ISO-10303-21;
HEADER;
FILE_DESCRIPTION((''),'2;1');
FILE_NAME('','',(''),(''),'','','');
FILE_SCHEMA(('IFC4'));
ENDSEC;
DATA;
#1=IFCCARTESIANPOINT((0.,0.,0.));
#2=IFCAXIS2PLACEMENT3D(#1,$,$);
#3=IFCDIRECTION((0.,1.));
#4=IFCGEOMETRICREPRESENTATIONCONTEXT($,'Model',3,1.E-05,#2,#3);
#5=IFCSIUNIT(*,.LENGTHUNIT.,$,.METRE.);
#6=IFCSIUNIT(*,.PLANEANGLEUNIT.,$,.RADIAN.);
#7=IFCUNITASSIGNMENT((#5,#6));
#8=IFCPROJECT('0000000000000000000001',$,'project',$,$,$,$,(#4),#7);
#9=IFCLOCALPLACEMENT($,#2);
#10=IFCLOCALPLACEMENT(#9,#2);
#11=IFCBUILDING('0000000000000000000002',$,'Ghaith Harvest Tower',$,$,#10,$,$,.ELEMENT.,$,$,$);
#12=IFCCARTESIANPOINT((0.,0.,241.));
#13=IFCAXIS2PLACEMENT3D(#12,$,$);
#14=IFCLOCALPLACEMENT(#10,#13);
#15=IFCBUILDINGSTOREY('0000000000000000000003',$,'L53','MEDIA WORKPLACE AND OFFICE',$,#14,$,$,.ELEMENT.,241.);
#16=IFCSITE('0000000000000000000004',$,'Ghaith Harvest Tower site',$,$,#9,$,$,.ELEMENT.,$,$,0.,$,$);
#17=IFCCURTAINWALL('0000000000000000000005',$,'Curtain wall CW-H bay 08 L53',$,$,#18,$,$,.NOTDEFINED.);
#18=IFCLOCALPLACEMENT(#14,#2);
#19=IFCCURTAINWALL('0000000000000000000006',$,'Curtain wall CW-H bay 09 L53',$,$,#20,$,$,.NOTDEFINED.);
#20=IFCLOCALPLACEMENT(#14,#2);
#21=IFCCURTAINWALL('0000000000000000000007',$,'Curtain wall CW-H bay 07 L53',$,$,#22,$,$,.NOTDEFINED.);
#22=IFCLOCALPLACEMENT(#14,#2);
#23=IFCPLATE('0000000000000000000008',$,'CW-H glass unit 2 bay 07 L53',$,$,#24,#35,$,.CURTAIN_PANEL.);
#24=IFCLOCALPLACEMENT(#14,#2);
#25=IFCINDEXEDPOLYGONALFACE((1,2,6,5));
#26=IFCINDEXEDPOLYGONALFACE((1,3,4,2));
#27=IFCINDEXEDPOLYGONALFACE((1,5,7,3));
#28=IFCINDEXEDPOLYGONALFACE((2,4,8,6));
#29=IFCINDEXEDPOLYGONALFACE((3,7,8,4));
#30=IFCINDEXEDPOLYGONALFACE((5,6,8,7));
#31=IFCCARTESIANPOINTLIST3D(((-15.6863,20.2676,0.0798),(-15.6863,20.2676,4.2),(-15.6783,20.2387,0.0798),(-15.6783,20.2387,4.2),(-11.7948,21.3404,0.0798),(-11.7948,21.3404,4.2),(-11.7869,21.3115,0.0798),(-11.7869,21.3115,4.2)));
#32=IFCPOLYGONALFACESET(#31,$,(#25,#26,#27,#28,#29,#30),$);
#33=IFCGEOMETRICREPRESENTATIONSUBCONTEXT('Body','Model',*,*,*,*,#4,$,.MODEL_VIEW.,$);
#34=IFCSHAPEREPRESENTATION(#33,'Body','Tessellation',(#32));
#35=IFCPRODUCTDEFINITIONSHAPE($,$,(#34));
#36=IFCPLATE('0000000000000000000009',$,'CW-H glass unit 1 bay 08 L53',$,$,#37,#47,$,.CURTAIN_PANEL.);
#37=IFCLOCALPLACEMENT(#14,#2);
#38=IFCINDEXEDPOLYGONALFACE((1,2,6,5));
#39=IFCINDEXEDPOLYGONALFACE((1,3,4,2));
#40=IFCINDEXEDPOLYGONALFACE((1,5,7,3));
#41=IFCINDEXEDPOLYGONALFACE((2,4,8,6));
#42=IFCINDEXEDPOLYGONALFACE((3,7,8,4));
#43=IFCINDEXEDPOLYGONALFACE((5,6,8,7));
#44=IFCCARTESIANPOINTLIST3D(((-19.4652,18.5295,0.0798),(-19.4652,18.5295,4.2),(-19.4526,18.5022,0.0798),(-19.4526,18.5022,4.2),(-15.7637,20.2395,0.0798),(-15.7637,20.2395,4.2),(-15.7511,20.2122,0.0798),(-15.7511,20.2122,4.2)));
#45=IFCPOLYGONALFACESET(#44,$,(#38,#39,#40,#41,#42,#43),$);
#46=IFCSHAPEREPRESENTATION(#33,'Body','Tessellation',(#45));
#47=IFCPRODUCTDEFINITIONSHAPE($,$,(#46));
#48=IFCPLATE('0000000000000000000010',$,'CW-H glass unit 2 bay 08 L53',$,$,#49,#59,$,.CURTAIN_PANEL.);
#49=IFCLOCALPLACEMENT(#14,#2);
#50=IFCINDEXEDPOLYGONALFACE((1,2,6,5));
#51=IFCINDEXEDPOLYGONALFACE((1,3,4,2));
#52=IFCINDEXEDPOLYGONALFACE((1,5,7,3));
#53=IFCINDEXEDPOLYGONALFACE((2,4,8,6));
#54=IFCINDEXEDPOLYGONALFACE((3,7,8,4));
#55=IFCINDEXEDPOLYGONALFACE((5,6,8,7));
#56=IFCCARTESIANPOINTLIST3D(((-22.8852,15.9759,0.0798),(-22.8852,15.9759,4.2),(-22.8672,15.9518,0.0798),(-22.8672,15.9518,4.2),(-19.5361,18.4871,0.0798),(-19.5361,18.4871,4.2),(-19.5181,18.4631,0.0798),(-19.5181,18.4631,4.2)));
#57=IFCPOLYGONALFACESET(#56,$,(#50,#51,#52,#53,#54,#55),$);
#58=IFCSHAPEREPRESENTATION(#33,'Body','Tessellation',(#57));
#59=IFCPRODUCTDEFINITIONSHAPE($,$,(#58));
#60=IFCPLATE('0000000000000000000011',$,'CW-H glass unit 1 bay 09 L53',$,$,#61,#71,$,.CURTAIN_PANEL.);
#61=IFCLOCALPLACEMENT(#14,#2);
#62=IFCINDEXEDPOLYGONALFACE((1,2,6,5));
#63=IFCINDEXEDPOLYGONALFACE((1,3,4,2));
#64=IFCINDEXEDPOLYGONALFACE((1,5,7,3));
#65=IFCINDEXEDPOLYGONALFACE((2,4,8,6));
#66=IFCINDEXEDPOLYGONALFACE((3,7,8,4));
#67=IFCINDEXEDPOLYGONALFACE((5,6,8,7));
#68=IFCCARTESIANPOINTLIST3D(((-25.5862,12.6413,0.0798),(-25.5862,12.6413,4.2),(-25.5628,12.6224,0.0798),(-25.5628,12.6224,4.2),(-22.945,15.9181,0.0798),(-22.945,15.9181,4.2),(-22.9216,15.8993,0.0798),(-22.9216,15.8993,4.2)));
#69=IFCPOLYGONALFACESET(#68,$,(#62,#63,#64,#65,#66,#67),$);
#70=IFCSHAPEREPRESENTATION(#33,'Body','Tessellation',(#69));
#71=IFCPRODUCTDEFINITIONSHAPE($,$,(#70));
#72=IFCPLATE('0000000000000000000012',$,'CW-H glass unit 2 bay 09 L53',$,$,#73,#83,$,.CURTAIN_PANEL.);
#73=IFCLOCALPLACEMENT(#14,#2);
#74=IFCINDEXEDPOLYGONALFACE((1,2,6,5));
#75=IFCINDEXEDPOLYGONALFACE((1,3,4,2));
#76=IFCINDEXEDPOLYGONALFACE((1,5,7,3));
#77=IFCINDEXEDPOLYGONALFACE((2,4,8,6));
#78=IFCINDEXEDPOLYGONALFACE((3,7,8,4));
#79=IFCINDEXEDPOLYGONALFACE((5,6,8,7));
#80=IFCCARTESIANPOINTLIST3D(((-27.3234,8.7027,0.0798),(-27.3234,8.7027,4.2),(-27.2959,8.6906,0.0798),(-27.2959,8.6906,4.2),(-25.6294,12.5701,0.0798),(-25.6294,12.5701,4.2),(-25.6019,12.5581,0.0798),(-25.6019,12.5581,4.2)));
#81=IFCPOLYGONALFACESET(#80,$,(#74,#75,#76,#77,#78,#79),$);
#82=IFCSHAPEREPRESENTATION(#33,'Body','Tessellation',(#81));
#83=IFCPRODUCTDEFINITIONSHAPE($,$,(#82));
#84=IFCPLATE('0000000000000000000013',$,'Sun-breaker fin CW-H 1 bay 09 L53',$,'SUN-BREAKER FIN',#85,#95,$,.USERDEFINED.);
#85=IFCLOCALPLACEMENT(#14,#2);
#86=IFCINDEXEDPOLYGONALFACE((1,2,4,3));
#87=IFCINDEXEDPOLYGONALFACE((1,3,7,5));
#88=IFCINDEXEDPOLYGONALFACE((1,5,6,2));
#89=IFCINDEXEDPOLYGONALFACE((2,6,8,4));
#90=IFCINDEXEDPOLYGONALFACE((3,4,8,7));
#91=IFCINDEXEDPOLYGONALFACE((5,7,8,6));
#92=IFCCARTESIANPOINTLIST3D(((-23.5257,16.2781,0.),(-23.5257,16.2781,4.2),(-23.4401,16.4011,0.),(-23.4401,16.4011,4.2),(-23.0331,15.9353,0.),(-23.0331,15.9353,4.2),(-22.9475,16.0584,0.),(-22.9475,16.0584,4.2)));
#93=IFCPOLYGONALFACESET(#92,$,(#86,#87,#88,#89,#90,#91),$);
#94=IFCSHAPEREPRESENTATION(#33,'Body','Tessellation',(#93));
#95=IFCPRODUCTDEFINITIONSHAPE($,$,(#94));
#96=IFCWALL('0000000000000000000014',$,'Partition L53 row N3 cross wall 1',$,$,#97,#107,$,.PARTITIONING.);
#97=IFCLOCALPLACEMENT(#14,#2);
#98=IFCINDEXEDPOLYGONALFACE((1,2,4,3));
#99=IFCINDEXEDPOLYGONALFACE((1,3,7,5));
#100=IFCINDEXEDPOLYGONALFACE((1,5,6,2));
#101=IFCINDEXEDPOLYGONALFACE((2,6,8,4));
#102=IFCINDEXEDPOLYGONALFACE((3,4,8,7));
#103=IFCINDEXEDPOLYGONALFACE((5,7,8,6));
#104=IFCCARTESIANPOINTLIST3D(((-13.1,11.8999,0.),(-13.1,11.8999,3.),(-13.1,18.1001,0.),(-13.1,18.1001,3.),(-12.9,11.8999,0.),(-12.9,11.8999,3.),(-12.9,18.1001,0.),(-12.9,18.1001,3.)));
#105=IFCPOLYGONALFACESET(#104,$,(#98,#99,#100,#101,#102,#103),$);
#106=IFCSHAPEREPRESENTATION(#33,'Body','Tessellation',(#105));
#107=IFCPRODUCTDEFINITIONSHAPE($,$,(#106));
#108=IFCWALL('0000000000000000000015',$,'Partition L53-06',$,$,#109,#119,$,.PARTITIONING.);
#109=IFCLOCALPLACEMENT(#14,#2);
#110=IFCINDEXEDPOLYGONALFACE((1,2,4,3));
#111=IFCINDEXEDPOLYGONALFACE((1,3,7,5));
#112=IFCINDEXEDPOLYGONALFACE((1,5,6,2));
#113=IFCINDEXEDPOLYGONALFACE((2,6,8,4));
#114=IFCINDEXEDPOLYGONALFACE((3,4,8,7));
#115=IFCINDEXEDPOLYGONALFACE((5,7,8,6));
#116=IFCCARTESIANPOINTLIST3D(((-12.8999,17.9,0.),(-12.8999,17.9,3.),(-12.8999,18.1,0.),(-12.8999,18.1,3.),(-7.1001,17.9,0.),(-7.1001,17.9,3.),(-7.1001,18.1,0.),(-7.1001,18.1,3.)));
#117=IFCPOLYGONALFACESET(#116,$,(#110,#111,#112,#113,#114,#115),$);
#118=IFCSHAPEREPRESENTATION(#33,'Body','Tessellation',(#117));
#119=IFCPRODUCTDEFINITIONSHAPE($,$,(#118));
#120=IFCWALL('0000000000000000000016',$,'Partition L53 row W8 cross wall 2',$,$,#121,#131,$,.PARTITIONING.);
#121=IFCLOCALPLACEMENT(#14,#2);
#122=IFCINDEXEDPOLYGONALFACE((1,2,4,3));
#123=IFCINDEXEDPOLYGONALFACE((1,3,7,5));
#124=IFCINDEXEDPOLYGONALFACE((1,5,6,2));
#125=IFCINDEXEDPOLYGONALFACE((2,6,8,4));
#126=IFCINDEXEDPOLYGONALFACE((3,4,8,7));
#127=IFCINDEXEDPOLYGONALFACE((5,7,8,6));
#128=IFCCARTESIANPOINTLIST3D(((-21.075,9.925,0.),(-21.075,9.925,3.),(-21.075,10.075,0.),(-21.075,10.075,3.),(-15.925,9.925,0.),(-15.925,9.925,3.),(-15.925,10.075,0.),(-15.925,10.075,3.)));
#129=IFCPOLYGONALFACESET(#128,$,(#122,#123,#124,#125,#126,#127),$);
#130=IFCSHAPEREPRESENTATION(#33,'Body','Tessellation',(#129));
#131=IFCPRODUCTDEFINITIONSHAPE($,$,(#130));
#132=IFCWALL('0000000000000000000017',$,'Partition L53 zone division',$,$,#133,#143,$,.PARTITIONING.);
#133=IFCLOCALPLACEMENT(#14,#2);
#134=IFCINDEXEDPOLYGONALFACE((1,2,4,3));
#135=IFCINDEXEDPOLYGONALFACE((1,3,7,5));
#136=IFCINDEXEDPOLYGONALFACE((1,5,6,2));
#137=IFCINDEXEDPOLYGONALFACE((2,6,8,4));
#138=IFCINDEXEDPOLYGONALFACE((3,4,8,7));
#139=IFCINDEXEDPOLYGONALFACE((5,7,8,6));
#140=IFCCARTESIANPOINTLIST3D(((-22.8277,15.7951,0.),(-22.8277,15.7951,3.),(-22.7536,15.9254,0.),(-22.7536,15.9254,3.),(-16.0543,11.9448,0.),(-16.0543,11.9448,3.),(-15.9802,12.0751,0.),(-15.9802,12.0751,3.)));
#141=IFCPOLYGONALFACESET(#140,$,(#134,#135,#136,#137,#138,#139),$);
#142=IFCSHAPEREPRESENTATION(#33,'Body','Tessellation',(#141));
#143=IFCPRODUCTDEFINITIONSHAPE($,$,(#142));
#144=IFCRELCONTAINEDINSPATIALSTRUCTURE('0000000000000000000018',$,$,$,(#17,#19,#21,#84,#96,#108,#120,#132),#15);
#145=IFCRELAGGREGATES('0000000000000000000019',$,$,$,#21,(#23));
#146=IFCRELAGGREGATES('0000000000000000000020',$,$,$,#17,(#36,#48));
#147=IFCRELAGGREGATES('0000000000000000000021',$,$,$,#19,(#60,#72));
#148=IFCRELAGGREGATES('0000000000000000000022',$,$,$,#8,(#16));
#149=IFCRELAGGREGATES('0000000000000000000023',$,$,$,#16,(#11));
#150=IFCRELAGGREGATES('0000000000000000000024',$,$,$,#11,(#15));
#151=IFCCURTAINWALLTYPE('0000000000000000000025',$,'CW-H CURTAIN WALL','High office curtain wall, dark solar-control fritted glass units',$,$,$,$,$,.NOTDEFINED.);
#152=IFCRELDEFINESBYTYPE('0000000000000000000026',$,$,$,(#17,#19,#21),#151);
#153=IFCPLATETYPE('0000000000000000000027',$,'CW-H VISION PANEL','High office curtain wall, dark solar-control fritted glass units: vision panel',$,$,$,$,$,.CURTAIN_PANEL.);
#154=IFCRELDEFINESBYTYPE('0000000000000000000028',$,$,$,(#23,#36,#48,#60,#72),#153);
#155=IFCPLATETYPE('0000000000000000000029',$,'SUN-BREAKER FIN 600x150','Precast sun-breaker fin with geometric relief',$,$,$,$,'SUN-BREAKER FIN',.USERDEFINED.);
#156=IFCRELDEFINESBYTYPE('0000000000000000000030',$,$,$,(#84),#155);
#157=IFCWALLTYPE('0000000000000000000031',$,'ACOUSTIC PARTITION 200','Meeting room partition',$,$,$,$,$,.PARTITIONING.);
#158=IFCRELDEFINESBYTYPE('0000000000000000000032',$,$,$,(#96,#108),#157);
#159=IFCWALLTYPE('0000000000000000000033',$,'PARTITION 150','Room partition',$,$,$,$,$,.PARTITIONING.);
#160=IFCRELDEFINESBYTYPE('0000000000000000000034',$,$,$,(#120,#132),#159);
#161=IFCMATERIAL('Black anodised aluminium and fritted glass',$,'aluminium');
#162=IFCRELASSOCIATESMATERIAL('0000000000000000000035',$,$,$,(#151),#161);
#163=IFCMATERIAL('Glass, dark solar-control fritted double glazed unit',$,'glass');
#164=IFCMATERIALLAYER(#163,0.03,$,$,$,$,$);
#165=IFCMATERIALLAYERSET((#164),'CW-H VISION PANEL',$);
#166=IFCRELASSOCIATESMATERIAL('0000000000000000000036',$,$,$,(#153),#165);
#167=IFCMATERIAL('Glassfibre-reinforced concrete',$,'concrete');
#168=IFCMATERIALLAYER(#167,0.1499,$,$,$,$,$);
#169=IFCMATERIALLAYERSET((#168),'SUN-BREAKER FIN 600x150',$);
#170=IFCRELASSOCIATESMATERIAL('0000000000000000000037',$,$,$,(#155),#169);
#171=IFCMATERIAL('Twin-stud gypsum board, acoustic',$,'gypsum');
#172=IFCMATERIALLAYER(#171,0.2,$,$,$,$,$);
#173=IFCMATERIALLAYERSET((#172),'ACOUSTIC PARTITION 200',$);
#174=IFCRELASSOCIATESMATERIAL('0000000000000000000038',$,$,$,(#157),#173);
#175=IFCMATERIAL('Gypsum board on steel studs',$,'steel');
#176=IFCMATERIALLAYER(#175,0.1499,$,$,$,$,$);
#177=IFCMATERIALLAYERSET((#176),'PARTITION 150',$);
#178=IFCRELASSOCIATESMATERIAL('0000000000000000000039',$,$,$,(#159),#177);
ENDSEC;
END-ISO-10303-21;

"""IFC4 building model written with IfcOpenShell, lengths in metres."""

from ifc_helpers import new_model, si_unit, direction, frame, frame_2d, origin, origin_2d, place, context, subcontext, project, spatial, rectangle, extrude, material, layer, layer_set, type_object, element, aggregate, save


model = new_model("IFC4")

# Units and contexts
model_context = context("Model", 3, precision=1e-05, world=origin(), true_north=direction((0.0, 1.0)))
body_context = subcontext(model_context, "Body", "Model", "MODEL_VIEW")
ifc_project = project(units=[si_unit("LENGTHUNIT", "METRE"), si_unit("PLANEANGLEUNIT", "RADIAN")], contexts=[model_context])

# Site, building, storey
site_placement = place(None, origin())
site = spatial("IfcSite", under=ifc_project, at=site_placement, Name="Ghaith Harvest Tower site", CompositionType="ELEMENT", RefElevation=0.0)
building_placement = place(site_placement, origin())
building = spatial("IfcBuilding", under=site, at=building_placement, Name="Ghaith Harvest Tower", CompositionType="ELEMENT")
storey_placement = place(building_placement, frame((0.0, 0.0, 241.0)))
storey = spatial("IfcBuildingStorey", under=building, at=storey_placement, Name="L53", Description="MEDIA WORKPLACE AND OFFICE", CompositionType="ELEMENT", Elevation=241.0)

# Curtain walls
ifc_material_1 = material(Name="Black anodised aluminium and fritted glass", Category="aluminium")
curtain_wall_type = type_object("IfcCurtainWallType", Name="CW-H CURTAIN WALL", Description="High office curtain wall, dark solar-control fritted glass units", PredefinedType="NOTDEFINED", material=ifc_material_1)
curtain_wall_1_placement = place(storey_placement, origin())
curtain_wall_1 = element("IfcCurtainWall", 1, at=curtain_wall_1_placement, inside=storey, type_object=curtain_wall_type, Name="Curtain wall CW-H bay 08 L53", PredefinedType="NOTDEFINED")
curtain_wall_2_placement = place(storey_placement, origin())
curtain_wall_2 = element("IfcCurtainWall", 2, at=curtain_wall_2_placement, inside=storey, type_object=curtain_wall_type, Name="Curtain wall CW-H bay 09 L53", PredefinedType="NOTDEFINED")

# Curtain wall
curtain_wall_3_placement = place(storey_placement, origin())
curtain_wall_3 = element("IfcCurtainWall", 3, at=curtain_wall_3_placement, inside=storey, type_object=curtain_wall_type, Name="Curtain wall CW-H bay 07 L53", PredefinedType="NOTDEFINED")

# Plates
ifc_material_2 = material(Name="Glass, dark solar-control fritted double glazed unit", Category="glass")
ifc_layer_1 = layer(ifc_material_2, 0.03)
ifc_layer_set_1 = layer_set([ifc_layer_1], Name="CW-H VISION PANEL")
plate_type_1 = type_object("IfcPlateType", Name="CW-H VISION PANEL", Description="High office curtain wall, dark solar-control fritted glass units: vision panel", PredefinedType="CURTAIN_PANEL", material=ifc_layer_set_1)
plate_1_placement = place(storey_placement, frame((-13.7366, 20.7896, 0.0798), z_axis=(0.0, 0.0, 1.0), x_axis=(-0.964034, -0.265779, 0.0)))
plate_1 = element("IfcPlate", 4, at=plate_1_placement, type_object=plate_type_1, Name="CW-H glass unit 2 bay 07 L53", PredefinedType="CURTAIN_PANEL", context=body_context, shape_type="SweptSolid", body=[
    extrude(rectangle(XDim=4.0366, YDim=0.03, at=origin_2d()), origin(), (0.0, 0.0, 1.0), 4.1201),
])
aggregate(curtain_wall_3, [plate_1])
plate_2_placement = place(storey_placement, frame((-17.6082, 19.3708, 0.0798), z_axis=(0.0, 0.0, 1.0), x_axis=(-0.907814, -0.419372, 0.0)))
plate_2 = element("IfcPlate", 5, at=plate_2_placement, type_object=plate_type_1, Name="CW-H glass unit 1 bay 08 L53", PredefinedType="CURTAIN_PANEL", context=body_context, shape_type="SweptSolid", body=[
    extrude(rectangle(XDim=4.0774, YDim=0.03, at=origin_2d()), origin(), (0.0, 0.0, 1.0), 4.1201),
])
plate_3_placement = place(storey_placement, frame((-21.2017, 17.2195, 0.0798), z_axis=(0.0, 0.0, 1.0), x_axis=(-0.800067, -0.599911, 0.0)))
plate_3 = element("IfcPlate", 6, at=plate_3_placement, type_object=plate_type_1, Name="CW-H glass unit 2 bay 08 L53", PredefinedType="CURTAIN_PANEL", context=body_context, shape_type="SweptSolid", body=[
    extrude(rectangle(XDim=4.186, YDim=0.03, at=origin_2d()), origin(), (0.0, 0.0, 1.0), 4.1201),
])
aggregate(curtain_wall_1, [plate_2, plate_3])
plate_4_placement = place(storey_placement, frame((-24.2539, 14.2703, 0.0798), z_axis=(0.0, 0.0, 1.0), x_axis=(-0.627548, -0.778578, 0.0)))
plate_4 = element("IfcPlate", 7, at=plate_4_placement, type_object=plate_type_1, Name="CW-H glass unit 1 bay 09 L53", PredefinedType="CURTAIN_PANEL", context=body_context, shape_type="SweptSolid", body=[
    extrude(rectangle(XDim=4.2087, YDim=0.03, at=origin_2d()), origin(), (0.0, 0.0, 1.0), 4.1201),
])
plate_5_placement = place(storey_placement, frame((-26.4626, 10.6304, 0.0798), z_axis=(0.0, 0.0, 1.0), x_axis=(-0.401213, -0.915985, 0.0)))
plate_5 = element("IfcPlate", 8, at=plate_5_placement, type_object=plate_type_1, Name="CW-H glass unit 2 bay 09 L53", PredefinedType="CURTAIN_PANEL", context=body_context, shape_type="SweptSolid", body=[
    extrude(rectangle(XDim=4.2222, YDim=0.03, at=origin_2d()), origin(), (0.0, 0.0, 1.0), 4.1201),
])
aggregate(curtain_wall_2, [plate_4, plate_5])
ifc_material_3 = material(Name="Glassfibre-reinforced concrete", Category="concrete")
ifc_layer_2 = layer(ifc_material_3, 0.1499)
ifc_layer_set_2 = layer_set([ifc_layer_2], Name="SUN-BREAKER FIN 600x150")
plate_type_2 = type_object("IfcPlateType", Name="SUN-BREAKER FIN 600x150", Description="Precast sun-breaker fin with geometric relief", ElementType="SUN-BREAKER FIN", PredefinedType="USERDEFINED", material=ifc_layer_set_2)
plate_6_placement = place(storey_placement, frame((-23.2366, 16.1682, 0.0), z_axis=(0.0, 0.0, 1.0), x_axis=(-0.820845, 0.57115, 0.0)))
element("IfcPlate", 9, at=plate_6_placement, inside=storey, type_object=plate_type_2, Name="Sun-breaker fin CW-H 1 bay 09 L53", ObjectType="SUN-BREAKER FIN", PredefinedType="USERDEFINED", context=body_context, shape_type="SweptSolid", body=[
    extrude(rectangle(XDim=0.6001, YDim=0.1499, at=origin_2d()), origin(), (0.0, 0.0, 1.0), 4.2),
])

# Wall
ifc_material_4 = material(Name="Twin-stud gypsum board, acoustic", Category="gypsum")
ifc_layer_3 = layer(ifc_material_4, 0.2)
ifc_layer_set_3 = layer_set([ifc_layer_3], Name="ACOUSTIC PARTITION 200")
wall_type_1 = type_object("IfcWallType", Name="ACOUSTIC PARTITION 200", Description="Meeting room partition", PredefinedType="PARTITIONING", material=ifc_layer_set_3)
wall_1_placement = place(storey_placement, frame((-13.0, 11.8999, 0.0), z_axis=(0.0, 0.0, 1.0), x_axis=(0.0, 1.0, 0.0)))
element("IfcWall", 10, at=wall_1_placement, inside=storey, type_object=wall_type_1, Name="Partition L53 row N3 cross wall 1", PredefinedType="PARTITIONING", context=body_context, shape_type="SweptSolid", body=[
    extrude(rectangle(XDim=6.2002, YDim=0.2, at=frame_2d((3.1001, 0.0))), origin(), (0.0, 0.0, 1.0), 3.0),
])

# Wall
wall_2_placement = place(storey_placement, frame((-12.8999, 18.0, 0.0), z_axis=(0.0, 0.0, 1.0), x_axis=(1.0, 0.0, 0.0)))
element("IfcWall", 11, at=wall_2_placement, inside=storey, type_object=wall_type_1, Name="Partition L53-06", PredefinedType="PARTITIONING", context=body_context, shape_type="SweptSolid", body=[
    extrude(rectangle(XDim=5.7998, YDim=0.2, at=frame_2d((2.8999, 0.0))), origin(), (0.0, 0.0, 1.0), 3.0),
])

# Walls
ifc_material_5 = material(Name="Gypsum board on steel studs", Category="steel")
ifc_layer_4 = layer(ifc_material_5, 0.1499)
ifc_layer_set_4 = layer_set([ifc_layer_4], Name="PARTITION 150")
wall_type_2 = type_object("IfcWallType", Name="PARTITION 150", Description="Room partition", PredefinedType="PARTITIONING", material=ifc_layer_set_4)
wall_3_placement = place(storey_placement, frame((-15.925, 10.0, 0.0), z_axis=(0.0, 0.0, 1.0), x_axis=(-1.0, 0.0, 0.0)))
element("IfcWall", 12, at=wall_3_placement, inside=storey, type_object=wall_type_2, Name="Partition L53 row W8 cross wall 2", PredefinedType="PARTITIONING", context=body_context, shape_type="SweptSolid", body=[
    extrude(rectangle(XDim=5.1499, YDim=0.1499, at=frame_2d((2.575, 0.0))), origin(), (0.0, 0.0, 1.0), 3.0),
])
wall_4_placement = place(storey_placement, frame((-16.0173, 12.01, 0.0), z_axis=(0.0, 0.0, 1.0), x_axis=(-0.869357, 0.494184, 0.0)))
element("IfcWall", 13, at=wall_4_placement, inside=storey, type_object=wall_type_2, Name="Partition L53 zone division", PredefinedType="PARTITIONING", context=body_context, shape_type="SweptSolid", body=[
    extrude(rectangle(XDim=7.7913, YDim=0.1499, at=frame_2d((3.8955, 0.0))), origin(), (0.0, 0.0, 1.0), 3.0),
])

save(model, "model.ifc")
